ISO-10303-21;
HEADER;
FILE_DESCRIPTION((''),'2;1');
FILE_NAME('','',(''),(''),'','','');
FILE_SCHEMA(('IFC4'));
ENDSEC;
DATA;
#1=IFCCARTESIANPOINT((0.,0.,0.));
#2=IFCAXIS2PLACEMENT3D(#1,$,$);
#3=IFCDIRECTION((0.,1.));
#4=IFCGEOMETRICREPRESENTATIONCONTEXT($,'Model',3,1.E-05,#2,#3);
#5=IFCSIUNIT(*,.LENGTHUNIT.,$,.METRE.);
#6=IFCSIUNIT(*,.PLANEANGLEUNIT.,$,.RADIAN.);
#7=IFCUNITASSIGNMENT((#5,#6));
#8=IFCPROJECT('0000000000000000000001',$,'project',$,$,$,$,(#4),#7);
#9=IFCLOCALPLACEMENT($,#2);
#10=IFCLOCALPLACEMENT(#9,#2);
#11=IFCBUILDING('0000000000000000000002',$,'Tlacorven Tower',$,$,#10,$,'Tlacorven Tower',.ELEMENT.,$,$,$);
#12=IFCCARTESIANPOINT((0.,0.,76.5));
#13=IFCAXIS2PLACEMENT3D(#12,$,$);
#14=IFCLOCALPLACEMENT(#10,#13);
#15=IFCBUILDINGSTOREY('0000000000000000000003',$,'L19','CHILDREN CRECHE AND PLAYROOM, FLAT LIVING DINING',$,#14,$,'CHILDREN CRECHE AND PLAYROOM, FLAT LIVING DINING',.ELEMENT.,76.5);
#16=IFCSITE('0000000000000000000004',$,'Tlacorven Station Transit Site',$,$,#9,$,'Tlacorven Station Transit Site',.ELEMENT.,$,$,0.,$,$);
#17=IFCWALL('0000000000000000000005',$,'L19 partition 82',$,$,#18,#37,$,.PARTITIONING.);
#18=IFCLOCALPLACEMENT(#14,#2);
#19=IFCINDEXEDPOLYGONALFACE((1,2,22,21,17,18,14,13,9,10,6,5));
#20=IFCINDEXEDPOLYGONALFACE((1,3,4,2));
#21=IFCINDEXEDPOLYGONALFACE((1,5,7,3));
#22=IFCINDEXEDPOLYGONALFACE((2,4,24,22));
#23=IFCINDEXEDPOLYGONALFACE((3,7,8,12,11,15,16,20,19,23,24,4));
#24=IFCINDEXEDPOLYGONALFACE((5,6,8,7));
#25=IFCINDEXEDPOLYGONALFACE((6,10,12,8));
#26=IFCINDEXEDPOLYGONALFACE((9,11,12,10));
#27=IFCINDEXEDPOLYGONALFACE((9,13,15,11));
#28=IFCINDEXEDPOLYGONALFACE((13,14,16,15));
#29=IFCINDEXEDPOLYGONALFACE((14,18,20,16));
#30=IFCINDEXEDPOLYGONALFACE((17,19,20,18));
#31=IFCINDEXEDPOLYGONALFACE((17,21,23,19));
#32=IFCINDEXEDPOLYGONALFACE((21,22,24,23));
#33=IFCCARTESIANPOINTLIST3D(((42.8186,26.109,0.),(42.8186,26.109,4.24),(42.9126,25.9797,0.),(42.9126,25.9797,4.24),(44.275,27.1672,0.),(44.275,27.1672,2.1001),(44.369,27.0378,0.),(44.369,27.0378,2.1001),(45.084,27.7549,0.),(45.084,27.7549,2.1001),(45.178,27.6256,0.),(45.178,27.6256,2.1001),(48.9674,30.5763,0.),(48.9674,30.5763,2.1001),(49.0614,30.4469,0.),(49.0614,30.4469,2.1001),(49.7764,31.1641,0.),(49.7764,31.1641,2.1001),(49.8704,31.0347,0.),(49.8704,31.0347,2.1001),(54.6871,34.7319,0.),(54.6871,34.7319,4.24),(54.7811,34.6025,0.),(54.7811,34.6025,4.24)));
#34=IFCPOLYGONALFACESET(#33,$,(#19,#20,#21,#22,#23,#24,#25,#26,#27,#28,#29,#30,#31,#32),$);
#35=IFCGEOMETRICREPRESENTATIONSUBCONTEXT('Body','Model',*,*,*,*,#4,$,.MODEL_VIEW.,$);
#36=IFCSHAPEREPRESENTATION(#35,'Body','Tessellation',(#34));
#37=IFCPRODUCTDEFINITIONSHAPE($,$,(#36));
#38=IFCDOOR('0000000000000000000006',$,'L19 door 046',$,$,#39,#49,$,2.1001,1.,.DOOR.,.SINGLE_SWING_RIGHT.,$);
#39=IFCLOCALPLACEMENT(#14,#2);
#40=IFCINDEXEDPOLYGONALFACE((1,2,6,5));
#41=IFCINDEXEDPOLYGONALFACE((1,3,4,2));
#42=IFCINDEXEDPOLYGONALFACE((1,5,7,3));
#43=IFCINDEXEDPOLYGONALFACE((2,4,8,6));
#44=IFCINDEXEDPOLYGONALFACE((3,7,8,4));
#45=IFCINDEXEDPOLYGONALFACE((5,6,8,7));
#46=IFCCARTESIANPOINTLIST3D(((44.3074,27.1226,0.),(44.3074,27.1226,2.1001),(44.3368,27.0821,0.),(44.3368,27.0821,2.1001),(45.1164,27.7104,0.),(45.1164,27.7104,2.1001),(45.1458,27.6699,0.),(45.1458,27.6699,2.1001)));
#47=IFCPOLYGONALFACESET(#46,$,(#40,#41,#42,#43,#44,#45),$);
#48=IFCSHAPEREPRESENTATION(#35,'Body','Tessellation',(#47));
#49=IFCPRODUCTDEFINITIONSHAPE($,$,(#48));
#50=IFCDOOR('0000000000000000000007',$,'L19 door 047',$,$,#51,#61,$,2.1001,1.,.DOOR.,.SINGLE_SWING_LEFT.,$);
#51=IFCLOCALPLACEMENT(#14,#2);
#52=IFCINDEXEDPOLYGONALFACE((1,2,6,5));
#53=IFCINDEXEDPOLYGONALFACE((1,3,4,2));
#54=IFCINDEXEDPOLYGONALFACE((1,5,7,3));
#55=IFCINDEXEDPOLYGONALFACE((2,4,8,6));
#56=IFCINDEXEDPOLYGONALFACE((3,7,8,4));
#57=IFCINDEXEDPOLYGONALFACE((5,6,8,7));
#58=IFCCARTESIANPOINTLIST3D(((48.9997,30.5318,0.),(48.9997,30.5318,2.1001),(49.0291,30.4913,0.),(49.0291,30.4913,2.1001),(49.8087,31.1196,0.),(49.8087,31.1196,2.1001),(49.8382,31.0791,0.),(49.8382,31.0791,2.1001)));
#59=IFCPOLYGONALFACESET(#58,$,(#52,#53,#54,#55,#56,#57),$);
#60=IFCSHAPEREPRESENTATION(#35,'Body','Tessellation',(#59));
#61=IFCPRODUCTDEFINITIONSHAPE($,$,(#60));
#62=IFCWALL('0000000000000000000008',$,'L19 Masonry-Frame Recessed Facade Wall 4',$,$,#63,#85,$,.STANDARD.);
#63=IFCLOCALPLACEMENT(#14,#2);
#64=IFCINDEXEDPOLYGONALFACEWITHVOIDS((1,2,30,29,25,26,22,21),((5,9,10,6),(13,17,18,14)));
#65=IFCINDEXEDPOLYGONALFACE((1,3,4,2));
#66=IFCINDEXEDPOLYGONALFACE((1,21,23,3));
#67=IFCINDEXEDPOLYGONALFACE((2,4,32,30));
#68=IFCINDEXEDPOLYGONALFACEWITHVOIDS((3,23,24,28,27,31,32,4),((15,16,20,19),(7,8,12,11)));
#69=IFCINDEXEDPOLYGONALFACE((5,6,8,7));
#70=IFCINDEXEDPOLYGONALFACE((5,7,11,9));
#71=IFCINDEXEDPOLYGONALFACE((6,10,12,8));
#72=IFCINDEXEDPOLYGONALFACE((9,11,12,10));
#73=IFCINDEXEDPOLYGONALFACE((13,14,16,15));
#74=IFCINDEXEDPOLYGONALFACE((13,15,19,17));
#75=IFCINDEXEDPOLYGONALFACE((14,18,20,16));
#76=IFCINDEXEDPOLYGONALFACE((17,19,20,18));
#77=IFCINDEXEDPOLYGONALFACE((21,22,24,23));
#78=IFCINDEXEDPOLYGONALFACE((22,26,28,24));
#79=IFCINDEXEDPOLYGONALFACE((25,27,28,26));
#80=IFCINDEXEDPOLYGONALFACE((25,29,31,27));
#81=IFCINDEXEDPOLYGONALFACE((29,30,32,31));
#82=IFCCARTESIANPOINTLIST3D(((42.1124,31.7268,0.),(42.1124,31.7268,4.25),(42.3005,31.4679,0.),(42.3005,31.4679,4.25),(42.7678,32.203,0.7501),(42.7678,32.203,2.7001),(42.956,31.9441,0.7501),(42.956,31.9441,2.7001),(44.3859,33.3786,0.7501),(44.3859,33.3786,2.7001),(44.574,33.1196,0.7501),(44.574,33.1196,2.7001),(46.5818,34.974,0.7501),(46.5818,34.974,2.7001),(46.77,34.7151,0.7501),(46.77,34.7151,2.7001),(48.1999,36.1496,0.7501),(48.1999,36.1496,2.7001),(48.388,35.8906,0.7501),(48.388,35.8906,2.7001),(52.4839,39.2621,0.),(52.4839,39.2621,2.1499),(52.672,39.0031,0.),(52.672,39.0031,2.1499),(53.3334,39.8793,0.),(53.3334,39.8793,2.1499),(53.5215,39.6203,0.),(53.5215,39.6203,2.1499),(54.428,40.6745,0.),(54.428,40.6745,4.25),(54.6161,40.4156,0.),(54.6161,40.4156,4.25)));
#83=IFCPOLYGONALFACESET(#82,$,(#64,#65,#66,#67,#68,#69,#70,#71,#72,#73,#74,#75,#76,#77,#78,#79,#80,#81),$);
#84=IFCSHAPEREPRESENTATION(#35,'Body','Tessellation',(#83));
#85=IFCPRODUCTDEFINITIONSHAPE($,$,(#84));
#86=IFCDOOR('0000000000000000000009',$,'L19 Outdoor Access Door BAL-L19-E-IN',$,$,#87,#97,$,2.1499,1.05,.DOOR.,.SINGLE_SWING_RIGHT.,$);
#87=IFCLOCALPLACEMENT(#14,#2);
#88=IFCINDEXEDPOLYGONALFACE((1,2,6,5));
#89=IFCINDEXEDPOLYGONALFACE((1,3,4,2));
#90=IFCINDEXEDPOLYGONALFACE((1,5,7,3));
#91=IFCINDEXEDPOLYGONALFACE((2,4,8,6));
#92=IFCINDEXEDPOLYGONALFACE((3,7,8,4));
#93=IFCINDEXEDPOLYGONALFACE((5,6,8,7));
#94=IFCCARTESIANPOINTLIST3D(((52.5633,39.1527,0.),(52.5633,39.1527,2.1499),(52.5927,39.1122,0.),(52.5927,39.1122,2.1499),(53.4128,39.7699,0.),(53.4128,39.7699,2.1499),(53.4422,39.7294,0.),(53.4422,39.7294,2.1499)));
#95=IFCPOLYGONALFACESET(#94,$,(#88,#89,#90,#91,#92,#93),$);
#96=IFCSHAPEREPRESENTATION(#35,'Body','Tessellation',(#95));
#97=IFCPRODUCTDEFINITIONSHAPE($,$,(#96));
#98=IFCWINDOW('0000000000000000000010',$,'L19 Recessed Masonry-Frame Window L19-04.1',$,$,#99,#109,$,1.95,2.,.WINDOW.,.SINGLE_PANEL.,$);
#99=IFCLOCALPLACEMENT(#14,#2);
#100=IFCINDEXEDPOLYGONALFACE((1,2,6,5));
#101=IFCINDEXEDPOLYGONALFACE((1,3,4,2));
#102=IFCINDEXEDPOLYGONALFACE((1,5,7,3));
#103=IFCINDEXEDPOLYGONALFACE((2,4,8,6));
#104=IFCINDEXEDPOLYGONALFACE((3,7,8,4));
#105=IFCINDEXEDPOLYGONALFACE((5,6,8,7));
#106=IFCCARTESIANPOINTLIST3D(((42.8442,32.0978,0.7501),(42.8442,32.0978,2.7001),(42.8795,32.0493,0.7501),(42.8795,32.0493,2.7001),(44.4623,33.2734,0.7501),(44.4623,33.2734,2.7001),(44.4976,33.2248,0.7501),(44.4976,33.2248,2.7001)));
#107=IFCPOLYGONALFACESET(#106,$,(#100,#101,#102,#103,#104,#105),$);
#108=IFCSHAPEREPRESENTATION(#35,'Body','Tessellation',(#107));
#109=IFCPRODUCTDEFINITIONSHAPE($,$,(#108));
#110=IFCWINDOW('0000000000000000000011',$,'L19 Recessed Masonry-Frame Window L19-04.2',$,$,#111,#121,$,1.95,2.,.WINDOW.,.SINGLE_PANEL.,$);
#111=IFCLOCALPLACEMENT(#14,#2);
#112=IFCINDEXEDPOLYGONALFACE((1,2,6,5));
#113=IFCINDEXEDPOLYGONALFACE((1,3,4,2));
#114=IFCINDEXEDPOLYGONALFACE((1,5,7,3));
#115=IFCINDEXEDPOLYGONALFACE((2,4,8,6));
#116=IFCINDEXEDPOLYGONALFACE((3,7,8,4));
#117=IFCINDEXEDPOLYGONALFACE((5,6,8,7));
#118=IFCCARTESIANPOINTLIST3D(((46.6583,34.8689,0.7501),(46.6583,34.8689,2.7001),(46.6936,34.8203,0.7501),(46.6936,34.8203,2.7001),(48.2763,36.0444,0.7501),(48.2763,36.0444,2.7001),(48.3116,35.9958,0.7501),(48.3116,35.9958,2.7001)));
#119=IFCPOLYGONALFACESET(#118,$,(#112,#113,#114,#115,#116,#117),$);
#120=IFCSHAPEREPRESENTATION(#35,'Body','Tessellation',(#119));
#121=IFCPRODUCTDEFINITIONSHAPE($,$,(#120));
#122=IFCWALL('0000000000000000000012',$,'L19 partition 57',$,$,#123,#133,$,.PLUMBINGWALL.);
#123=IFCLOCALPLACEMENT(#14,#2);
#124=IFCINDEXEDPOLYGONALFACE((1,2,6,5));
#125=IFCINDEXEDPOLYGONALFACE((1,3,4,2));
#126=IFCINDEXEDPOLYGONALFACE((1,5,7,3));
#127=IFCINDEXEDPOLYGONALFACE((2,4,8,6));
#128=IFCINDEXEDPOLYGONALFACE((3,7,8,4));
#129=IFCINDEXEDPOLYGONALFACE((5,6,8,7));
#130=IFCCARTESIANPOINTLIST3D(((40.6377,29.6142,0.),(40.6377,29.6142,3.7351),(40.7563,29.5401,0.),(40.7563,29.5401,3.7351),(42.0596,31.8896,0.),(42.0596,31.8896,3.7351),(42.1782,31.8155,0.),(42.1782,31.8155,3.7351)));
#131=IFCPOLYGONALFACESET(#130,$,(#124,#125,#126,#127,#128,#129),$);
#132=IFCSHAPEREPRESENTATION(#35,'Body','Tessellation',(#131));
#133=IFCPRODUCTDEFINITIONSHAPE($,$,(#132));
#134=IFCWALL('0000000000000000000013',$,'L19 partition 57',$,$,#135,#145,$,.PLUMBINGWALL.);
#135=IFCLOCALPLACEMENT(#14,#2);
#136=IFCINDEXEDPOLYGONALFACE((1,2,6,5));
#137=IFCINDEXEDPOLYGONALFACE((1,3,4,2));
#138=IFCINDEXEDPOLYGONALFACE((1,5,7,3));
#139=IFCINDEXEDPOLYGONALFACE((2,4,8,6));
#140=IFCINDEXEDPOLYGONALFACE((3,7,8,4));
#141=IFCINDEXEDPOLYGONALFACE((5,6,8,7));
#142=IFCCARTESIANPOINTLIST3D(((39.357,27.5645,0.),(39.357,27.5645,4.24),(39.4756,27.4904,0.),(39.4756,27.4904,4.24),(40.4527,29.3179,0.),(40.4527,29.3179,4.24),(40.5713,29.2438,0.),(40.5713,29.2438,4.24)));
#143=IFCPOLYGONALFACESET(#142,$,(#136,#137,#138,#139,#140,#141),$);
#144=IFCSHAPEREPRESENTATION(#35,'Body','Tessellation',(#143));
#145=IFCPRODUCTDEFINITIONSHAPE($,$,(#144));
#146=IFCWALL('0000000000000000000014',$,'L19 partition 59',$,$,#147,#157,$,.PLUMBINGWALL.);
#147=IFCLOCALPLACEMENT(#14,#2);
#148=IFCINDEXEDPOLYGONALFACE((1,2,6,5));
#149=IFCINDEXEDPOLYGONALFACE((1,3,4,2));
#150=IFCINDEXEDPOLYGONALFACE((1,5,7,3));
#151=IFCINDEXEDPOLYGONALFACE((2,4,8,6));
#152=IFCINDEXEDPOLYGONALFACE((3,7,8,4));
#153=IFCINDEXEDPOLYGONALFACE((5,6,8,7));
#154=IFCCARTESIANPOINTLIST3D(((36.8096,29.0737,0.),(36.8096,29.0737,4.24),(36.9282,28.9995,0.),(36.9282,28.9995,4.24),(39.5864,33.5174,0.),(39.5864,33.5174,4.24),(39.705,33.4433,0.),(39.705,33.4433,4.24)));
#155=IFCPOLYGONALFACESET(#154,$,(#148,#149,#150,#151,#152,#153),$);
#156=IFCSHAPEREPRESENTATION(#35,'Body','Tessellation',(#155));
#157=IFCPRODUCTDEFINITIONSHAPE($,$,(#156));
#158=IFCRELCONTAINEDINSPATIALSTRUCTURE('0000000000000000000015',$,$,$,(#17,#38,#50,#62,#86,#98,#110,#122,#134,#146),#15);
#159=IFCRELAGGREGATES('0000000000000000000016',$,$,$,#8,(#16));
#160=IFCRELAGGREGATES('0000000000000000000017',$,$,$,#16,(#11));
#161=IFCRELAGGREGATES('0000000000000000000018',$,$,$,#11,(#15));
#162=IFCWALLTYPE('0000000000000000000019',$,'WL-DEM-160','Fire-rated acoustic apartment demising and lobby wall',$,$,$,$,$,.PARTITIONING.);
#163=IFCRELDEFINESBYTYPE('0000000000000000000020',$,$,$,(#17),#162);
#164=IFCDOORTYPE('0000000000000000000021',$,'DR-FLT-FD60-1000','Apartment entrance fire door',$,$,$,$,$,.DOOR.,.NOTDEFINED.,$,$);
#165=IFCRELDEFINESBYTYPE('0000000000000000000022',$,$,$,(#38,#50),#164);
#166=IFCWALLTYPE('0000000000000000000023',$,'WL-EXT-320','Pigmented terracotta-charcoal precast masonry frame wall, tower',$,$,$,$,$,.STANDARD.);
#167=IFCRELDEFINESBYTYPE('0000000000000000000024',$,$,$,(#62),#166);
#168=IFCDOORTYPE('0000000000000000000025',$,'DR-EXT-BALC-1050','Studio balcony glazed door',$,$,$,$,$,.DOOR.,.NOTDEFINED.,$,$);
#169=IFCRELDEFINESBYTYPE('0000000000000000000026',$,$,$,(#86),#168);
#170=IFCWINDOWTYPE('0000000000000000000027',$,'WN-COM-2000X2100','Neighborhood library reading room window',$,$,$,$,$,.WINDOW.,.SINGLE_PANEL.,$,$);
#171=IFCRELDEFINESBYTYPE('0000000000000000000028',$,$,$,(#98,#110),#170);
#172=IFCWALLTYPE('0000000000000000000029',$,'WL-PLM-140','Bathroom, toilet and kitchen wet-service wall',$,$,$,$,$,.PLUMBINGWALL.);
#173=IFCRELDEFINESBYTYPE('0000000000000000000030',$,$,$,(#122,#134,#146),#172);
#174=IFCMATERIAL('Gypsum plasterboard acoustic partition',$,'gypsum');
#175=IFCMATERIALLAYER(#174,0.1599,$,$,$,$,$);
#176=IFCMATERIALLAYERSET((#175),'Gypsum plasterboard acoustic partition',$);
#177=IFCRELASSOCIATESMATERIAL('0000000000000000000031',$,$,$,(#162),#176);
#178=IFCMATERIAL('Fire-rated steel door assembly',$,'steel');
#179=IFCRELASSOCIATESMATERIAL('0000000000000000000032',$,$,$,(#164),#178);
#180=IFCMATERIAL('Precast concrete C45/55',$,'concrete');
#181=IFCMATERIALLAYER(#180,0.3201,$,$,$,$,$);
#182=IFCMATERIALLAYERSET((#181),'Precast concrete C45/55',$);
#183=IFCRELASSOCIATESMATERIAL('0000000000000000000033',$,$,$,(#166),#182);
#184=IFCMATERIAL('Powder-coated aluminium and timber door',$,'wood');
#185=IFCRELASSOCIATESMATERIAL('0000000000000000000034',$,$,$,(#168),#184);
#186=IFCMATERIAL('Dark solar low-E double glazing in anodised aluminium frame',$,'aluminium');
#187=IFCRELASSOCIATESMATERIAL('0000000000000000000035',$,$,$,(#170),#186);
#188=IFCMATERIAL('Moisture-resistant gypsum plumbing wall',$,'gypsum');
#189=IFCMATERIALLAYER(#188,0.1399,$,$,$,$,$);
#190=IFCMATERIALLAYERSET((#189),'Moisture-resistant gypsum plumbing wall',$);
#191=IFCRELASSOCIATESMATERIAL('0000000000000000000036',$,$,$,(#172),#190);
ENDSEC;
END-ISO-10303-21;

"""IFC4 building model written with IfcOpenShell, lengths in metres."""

from ifc_helpers import new_model, si_unit, direction, frame, frame_2d, origin, place, context, subcontext, project, spatial, rectangle, extrude, source, transform, mapped, material, layer, layer_set, type_object, element, fill, save


model = new_model("IFC4")

# Units and contexts
model_context = context("Model", 3, precision=1e-05, world=origin(), true_north=direction((0.0, 1.0)))
body_context = subcontext(model_context, "Body", "Model", "MODEL_VIEW")
ifc_project = project(units=[si_unit("LENGTHUNIT", "METRE"), si_unit("PLANEANGLEUNIT", "RADIAN")], contexts=[model_context])

# Site, building, storey
site_placement = place(None, origin())
site = spatial("IfcSite", under=ifc_project, at=site_placement, Name="Tlacorven Station Transit Site", LongName="Tlacorven Station Transit Site", CompositionType="ELEMENT", RefElevation=0.0)
building_placement = place(site_placement, origin())
building = spatial("IfcBuilding", under=site, at=building_placement, Name="Tlacorven Tower", LongName="Tlacorven Tower", CompositionType="ELEMENT")
storey_placement = place(building_placement, frame((0.0, 0.0, 76.5)))
storey = spatial("IfcBuildingStorey", under=building, at=storey_placement, Name="L19", Description="CHILDREN CRECHE AND PLAYROOM, FLAT LIVING DINING", LongName="CHILDREN CRECHE AND PLAYROOM, FLAT LIVING DINING", CompositionType="ELEMENT", Elevation=76.5)

# Wall, openings, doors
ifc_material_1 = material(Name="Gypsum plasterboard acoustic partition", Category="gypsum")
ifc_layer_1 = layer(ifc_material_1, 0.1599)
ifc_layer_set_1 = layer_set([ifc_layer_1], Name="Gypsum plasterboard acoustic partition")
wall_type_1 = type_object("IfcWallType", Name="WL-DEM-160", Description="Fire-rated acoustic apartment demising and lobby wall", PredefinedType="PARTITIONING", material=ifc_layer_set_1)
ifc_material_2 = material(Name="Fire-rated steel door assembly", Category="steel")
ifc_material_3 = material(Name="Powder-coated aluminium and timber door", Category="wood")
wall_1_placement = place(storey_placement, frame((42.8657, 26.0444, 0.0), z_axis=(0.0, 0.0, 1.0), x_axis=(0.80902, 0.587781, 0.0)))
wall_1 = element("IfcWall", 1, at=wall_1_placement, inside=storey, type_object=wall_type_1, Name="L19 partition 82", PredefinedType="PARTITIONING", context=body_context, shape_type="SweptSolid", body=[
    extrude(rectangle(XDim=14.6702, YDim=0.1599, at=frame_2d((7.335, 0.0))), origin(), (0.0, 0.0, 1.0), 4.24),
])
opening_1_placement = place(wall_1_placement, frame((1.8, 0.0, 0.0)))
opening_1 = element("IfcOpeningElement", 2, at=opening_1_placement, cuts=wall_1, PredefinedType="OPENING", context=body_context, shape_type="SweptSolid", body=[
    extrude(rectangle(XDim=1.0, YDim=2.1001, at=frame_2d((0.5, 1.05))), frame((0.0, 0.0898, 0.0), z_axis=(0.0, -1.0, 0.0), x_axis=(1.0, 0.0, 0.0)), (0.0, 0.0, 1.0), 0.1799),
])
opening_2_placement = place(wall_1_placement, frame((7.6001, 0.0, 0.0)))
opening_2 = element("IfcOpeningElement", 3, at=opening_2_placement, cuts=wall_1, PredefinedType="OPENING", context=body_context, shape_type="SweptSolid", body=[
    extrude(rectangle(XDim=1.0, YDim=2.1001, at=frame_2d((0.5, 1.05))), frame((0.0, 0.0898, 0.0), z_axis=(0.0, -1.0, 0.0), x_axis=(1.0, 0.0, 0.0)), (0.0, 0.0, 1.0), 0.1799),
])
door_type_1 = type_object("IfcDoorType", Name="DR-FLT-FD60-1000", Description="Apartment entrance fire door", OperationType="NOTDEFINED", PredefinedType="DOOR", material=ifc_material_2)
shared_shape_1 = source(origin(), body_context, "Body", "SweptSolid", [
    extrude(rectangle(XDim=1.0, YDim=2.1001, at=frame_2d((0.5, 1.05))), frame((0.0, 0.0249, 0.0), z_axis=(0.0, -1.0, 0.0), x_axis=(1.0, 0.0, 0.0)), (0.0, 0.0, 1.0), 0.05),
])
door_1_placement = place(opening_1_placement, origin())
door_1 = element("IfcDoor", 4, at=door_1_placement, inside=storey, type_object=door_type_1, Name="L19 door 046", OperationType="SINGLE_SWING_RIGHT", OverallHeight=2.1001, OverallWidth=1.0, PredefinedType="DOOR", context=body_context, shape_type="MappedRepresentation", body=[
    mapped(shared_shape_1, transform((0.0, 0.0, 0.0), scale=1.0)),
])
fill(opening_1, door_1)
door_2_placement = place(opening_2_placement, origin())
door_2 = element("IfcDoor", 5, at=door_2_placement, inside=storey, type_object=door_type_1, Name="L19 door 047", OperationType="SINGLE_SWING_LEFT", OverallHeight=2.1001, OverallWidth=1.0, PredefinedType="DOOR", context=body_context, shape_type="MappedRepresentation", body=[
    mapped(shared_shape_1, transform((0.0, 0.0, 0.0), scale=1.0)),
])
fill(opening_2, door_2)

# Wall, openings, door, windows
ifc_material_4 = material(Name="Precast concrete C45/55", Category="concrete")
ifc_layer_2 = layer(ifc_material_4, 0.3201)
ifc_layer_set_2 = layer_set([ifc_layer_2], Name="Precast concrete C45/55")
wall_type_2 = type_object("IfcWallType", Name="WL-EXT-320", Description="Pigmented terracotta-charcoal precast masonry frame wall, tower", PredefinedType="STANDARD", material=ifc_layer_set_2)
wall_2_placement = place(storey_placement, frame((42.2065, 31.5974, 0.0), z_axis=(0.0, 0.0, 1.0), x_axis=(0.80902, 0.587781, 0.0)))
wall_2 = element("IfcWall", 6, at=wall_2_placement, inside=storey, type_object=wall_type_2, Name="L19 Masonry-Frame Recessed Facade Wall 4", PredefinedType="STANDARD", context=body_context, shape_type="SweptSolid", body=[
    extrude(rectangle(XDim=15.2229, YDim=0.3201, at=frame_2d((7.6113, 0.0))), origin(), (0.0, 0.0, 1.0), 4.25),
])
opening_3_placement = place(wall_2_placement, frame((12.8198, 0.0, 0.0)))
opening_3 = element("IfcOpeningElement", 7, at=opening_3_placement, cuts=wall_2, PredefinedType="OPENING", context=body_context, shape_type="SweptSolid", body=[
    extrude(rectangle(XDim=1.05, YDim=2.1499, at=frame_2d((0.5249, 1.075))), frame((0.0, 0.1699, 0.0), z_axis=(0.0, -1.0, 0.0), x_axis=(1.0, 0.0, 0.0)), (0.0, 0.0, 1.0), 0.3401),
])
opening_4_placement = place(wall_2_placement, frame((0.8101, 0.0, 0.75)))
opening_4 = element("IfcOpeningElement", 8, at=opening_4_placement, cuts=wall_2, PredefinedType="OPENING", context=body_context, shape_type="SweptSolid", body=[
    extrude(rectangle(XDim=2.0, YDim=1.95, at=frame_2d((1.0, 0.9751))), frame((0.0, 0.1699, 0.0), z_axis=(0.0, -1.0, 0.0), x_axis=(1.0, 0.0, 0.0)), (0.0, 0.0, 1.0), 0.3401),
])
opening_5_placement = place(wall_2_placement, frame((5.5244, 0.0, 0.75)))
opening_5 = element("IfcOpeningElement", 9, at=opening_5_placement, cuts=wall_2, PredefinedType="OPENING", context=body_context, shape_type="SweptSolid", body=[
    extrude(rectangle(XDim=2.0, YDim=1.95, at=frame_2d((1.0, 0.9751))), frame((0.0, 0.1699, 0.0), z_axis=(0.0, -1.0, 0.0), x_axis=(1.0, 0.0, 0.0)), (0.0, 0.0, 1.0), 0.3401),
])
door_type_2 = type_object("IfcDoorType", Name="DR-EXT-BALC-1050", Description="Studio balcony glazed door", OperationType="NOTDEFINED", PredefinedType="DOOR", material=ifc_material_3)
shared_shape_2 = source(origin(), body_context, "Body", "SweptSolid", [
    extrude(rectangle(XDim=1.05, YDim=2.1499, at=frame_2d((0.5249, 1.075))), frame((0.0, 0.0249, 0.0), z_axis=(0.0, -1.0, 0.0), x_axis=(1.0, 0.0, 0.0)), (0.0, 0.0, 1.0), 0.05),
])
door_3_placement = place(opening_3_placement, origin())
door_3 = element("IfcDoor", 10, at=door_3_placement, inside=storey, type_object=door_type_2, Name="L19 Outdoor Access Door BAL-L19-E-IN", OperationType="SINGLE_SWING_RIGHT", OverallHeight=2.1499, OverallWidth=1.05, PredefinedType="DOOR", context=body_context, shape_type="MappedRepresentation", body=[
    mapped(shared_shape_2, transform((0.0, 0.0, 0.0), scale=1.0)),
])
fill(opening_3, door_3)
ifc_material_5 = material(Name="Dark solar low-E double glazing in anodised aluminium frame", Category="aluminium")
window_type = type_object("IfcWindowType", Name="WN-COM-2000X2100", Description="Neighborhood library reading room window", PartitioningType="SINGLE_PANEL", PredefinedType="WINDOW", material=ifc_material_5)
shared_shape_3 = source(origin(), body_context, "Body", "SweptSolid", [
    extrude(rectangle(XDim=2.0, YDim=1.95, at=frame_2d((1.0, 0.9751))), frame((0.0, 0.03, 0.0), z_axis=(0.0, -1.0, 0.0), x_axis=(1.0, 0.0, 0.0)), (0.0, 0.0, 1.0), 0.0601),
])
window_1_placement = place(opening_4_placement, origin())
window_1 = element("IfcWindow", 11, at=window_1_placement, inside=storey, type_object=window_type, Name="L19 Recessed Masonry-Frame Window L19-04.1", OverallHeight=1.95, OverallWidth=2.0, PartitioningType="SINGLE_PANEL", PredefinedType="WINDOW", context=body_context, shape_type="MappedRepresentation", body=[
    mapped(shared_shape_3, transform((0.0, 0.0, 0.0), scale=1.0)),
])
fill(opening_4, window_1)
window_2_placement = place(opening_5_placement, origin())
window_2 = element("IfcWindow", 12, at=window_2_placement, inside=storey, type_object=window_type, Name="L19 Recessed Masonry-Frame Window L19-04.2", OverallHeight=1.95, OverallWidth=2.0, PartitioningType="SINGLE_PANEL", PredefinedType="WINDOW", context=body_context, shape_type="MappedRepresentation", body=[
    mapped(shared_shape_3, transform((0.0, 0.0, 0.0), scale=1.0)),
])
fill(opening_5, window_2)

# Walls
ifc_material_6 = material(Name="Moisture-resistant gypsum plumbing wall", Category="gypsum")
ifc_layer_3 = layer(ifc_material_6, 0.1399)
ifc_layer_set_3 = layer_set([ifc_layer_3], Name="Moisture-resistant gypsum plumbing wall")
wall_type_3 = type_object("IfcWallType", Name="WL-PLM-140", Description="Bathroom, toilet and kitchen wet-service wall", PredefinedType="PLUMBINGWALL", material=ifc_layer_set_3)
wall_3_placement = place(storey_placement, frame((42.1189, 31.8525, 0.0), z_axis=(0.0, 0.0, 1.0), x_axis=(-0.529934, -0.848039, 0.0)))
element("IfcWall", 13, at=wall_3_placement, inside=storey, type_object=wall_type_3, Name="L19 partition 57", PredefinedType="PLUMBINGWALL", context=body_context, shape_type="SweptSolid", body=[
    extrude(rectangle(XDim=2.6831, YDim=0.1399, at=frame_2d((1.3416, 0.0))), origin(), (0.0, 0.0, 1.0), 3.7351),
])
wall_4_placement = place(storey_placement, frame((40.512, 29.2808, 0.0), z_axis=(0.0, 0.0, 1.0), x_axis=(-0.529935, -0.848038, 0.0)))
element("IfcWall", 14, at=wall_4_placement, inside=storey, type_object=wall_type_3, Name="L19 partition 57", PredefinedType="PLUMBINGWALL", context=body_context, shape_type="SweptSolid", body=[
    extrude(rectangle(XDim=2.0676, YDim=0.1399, at=frame_2d((1.0337, 0.0))), origin(), (0.0, 0.0, 1.0), 4.24),
])
for number, where, z_axis, x_axis, name in (
    (15, (39.6458, 33.4805, 0.0), (0.0, 0.0, 1.0), (-0.529924, -0.848045, 0.0), "L19 partition 59"),
):
    element("IfcWall", number, at=place(storey_placement, frame(where, z_axis=z_axis, x_axis=x_axis)), inside=storey, type_object=wall_type_3, Name=name, PredefinedType="PLUMBINGWALL", context=body_context, shape_type="SweptSolid", body=[
        extrude(rectangle(XDim=5.24, YDim=0.1399, at=frame_2d((2.6201, 0.0))), origin(), (0.0, 0.0, 1.0), 4.24),
    ])

save(model, "model.ifc")
